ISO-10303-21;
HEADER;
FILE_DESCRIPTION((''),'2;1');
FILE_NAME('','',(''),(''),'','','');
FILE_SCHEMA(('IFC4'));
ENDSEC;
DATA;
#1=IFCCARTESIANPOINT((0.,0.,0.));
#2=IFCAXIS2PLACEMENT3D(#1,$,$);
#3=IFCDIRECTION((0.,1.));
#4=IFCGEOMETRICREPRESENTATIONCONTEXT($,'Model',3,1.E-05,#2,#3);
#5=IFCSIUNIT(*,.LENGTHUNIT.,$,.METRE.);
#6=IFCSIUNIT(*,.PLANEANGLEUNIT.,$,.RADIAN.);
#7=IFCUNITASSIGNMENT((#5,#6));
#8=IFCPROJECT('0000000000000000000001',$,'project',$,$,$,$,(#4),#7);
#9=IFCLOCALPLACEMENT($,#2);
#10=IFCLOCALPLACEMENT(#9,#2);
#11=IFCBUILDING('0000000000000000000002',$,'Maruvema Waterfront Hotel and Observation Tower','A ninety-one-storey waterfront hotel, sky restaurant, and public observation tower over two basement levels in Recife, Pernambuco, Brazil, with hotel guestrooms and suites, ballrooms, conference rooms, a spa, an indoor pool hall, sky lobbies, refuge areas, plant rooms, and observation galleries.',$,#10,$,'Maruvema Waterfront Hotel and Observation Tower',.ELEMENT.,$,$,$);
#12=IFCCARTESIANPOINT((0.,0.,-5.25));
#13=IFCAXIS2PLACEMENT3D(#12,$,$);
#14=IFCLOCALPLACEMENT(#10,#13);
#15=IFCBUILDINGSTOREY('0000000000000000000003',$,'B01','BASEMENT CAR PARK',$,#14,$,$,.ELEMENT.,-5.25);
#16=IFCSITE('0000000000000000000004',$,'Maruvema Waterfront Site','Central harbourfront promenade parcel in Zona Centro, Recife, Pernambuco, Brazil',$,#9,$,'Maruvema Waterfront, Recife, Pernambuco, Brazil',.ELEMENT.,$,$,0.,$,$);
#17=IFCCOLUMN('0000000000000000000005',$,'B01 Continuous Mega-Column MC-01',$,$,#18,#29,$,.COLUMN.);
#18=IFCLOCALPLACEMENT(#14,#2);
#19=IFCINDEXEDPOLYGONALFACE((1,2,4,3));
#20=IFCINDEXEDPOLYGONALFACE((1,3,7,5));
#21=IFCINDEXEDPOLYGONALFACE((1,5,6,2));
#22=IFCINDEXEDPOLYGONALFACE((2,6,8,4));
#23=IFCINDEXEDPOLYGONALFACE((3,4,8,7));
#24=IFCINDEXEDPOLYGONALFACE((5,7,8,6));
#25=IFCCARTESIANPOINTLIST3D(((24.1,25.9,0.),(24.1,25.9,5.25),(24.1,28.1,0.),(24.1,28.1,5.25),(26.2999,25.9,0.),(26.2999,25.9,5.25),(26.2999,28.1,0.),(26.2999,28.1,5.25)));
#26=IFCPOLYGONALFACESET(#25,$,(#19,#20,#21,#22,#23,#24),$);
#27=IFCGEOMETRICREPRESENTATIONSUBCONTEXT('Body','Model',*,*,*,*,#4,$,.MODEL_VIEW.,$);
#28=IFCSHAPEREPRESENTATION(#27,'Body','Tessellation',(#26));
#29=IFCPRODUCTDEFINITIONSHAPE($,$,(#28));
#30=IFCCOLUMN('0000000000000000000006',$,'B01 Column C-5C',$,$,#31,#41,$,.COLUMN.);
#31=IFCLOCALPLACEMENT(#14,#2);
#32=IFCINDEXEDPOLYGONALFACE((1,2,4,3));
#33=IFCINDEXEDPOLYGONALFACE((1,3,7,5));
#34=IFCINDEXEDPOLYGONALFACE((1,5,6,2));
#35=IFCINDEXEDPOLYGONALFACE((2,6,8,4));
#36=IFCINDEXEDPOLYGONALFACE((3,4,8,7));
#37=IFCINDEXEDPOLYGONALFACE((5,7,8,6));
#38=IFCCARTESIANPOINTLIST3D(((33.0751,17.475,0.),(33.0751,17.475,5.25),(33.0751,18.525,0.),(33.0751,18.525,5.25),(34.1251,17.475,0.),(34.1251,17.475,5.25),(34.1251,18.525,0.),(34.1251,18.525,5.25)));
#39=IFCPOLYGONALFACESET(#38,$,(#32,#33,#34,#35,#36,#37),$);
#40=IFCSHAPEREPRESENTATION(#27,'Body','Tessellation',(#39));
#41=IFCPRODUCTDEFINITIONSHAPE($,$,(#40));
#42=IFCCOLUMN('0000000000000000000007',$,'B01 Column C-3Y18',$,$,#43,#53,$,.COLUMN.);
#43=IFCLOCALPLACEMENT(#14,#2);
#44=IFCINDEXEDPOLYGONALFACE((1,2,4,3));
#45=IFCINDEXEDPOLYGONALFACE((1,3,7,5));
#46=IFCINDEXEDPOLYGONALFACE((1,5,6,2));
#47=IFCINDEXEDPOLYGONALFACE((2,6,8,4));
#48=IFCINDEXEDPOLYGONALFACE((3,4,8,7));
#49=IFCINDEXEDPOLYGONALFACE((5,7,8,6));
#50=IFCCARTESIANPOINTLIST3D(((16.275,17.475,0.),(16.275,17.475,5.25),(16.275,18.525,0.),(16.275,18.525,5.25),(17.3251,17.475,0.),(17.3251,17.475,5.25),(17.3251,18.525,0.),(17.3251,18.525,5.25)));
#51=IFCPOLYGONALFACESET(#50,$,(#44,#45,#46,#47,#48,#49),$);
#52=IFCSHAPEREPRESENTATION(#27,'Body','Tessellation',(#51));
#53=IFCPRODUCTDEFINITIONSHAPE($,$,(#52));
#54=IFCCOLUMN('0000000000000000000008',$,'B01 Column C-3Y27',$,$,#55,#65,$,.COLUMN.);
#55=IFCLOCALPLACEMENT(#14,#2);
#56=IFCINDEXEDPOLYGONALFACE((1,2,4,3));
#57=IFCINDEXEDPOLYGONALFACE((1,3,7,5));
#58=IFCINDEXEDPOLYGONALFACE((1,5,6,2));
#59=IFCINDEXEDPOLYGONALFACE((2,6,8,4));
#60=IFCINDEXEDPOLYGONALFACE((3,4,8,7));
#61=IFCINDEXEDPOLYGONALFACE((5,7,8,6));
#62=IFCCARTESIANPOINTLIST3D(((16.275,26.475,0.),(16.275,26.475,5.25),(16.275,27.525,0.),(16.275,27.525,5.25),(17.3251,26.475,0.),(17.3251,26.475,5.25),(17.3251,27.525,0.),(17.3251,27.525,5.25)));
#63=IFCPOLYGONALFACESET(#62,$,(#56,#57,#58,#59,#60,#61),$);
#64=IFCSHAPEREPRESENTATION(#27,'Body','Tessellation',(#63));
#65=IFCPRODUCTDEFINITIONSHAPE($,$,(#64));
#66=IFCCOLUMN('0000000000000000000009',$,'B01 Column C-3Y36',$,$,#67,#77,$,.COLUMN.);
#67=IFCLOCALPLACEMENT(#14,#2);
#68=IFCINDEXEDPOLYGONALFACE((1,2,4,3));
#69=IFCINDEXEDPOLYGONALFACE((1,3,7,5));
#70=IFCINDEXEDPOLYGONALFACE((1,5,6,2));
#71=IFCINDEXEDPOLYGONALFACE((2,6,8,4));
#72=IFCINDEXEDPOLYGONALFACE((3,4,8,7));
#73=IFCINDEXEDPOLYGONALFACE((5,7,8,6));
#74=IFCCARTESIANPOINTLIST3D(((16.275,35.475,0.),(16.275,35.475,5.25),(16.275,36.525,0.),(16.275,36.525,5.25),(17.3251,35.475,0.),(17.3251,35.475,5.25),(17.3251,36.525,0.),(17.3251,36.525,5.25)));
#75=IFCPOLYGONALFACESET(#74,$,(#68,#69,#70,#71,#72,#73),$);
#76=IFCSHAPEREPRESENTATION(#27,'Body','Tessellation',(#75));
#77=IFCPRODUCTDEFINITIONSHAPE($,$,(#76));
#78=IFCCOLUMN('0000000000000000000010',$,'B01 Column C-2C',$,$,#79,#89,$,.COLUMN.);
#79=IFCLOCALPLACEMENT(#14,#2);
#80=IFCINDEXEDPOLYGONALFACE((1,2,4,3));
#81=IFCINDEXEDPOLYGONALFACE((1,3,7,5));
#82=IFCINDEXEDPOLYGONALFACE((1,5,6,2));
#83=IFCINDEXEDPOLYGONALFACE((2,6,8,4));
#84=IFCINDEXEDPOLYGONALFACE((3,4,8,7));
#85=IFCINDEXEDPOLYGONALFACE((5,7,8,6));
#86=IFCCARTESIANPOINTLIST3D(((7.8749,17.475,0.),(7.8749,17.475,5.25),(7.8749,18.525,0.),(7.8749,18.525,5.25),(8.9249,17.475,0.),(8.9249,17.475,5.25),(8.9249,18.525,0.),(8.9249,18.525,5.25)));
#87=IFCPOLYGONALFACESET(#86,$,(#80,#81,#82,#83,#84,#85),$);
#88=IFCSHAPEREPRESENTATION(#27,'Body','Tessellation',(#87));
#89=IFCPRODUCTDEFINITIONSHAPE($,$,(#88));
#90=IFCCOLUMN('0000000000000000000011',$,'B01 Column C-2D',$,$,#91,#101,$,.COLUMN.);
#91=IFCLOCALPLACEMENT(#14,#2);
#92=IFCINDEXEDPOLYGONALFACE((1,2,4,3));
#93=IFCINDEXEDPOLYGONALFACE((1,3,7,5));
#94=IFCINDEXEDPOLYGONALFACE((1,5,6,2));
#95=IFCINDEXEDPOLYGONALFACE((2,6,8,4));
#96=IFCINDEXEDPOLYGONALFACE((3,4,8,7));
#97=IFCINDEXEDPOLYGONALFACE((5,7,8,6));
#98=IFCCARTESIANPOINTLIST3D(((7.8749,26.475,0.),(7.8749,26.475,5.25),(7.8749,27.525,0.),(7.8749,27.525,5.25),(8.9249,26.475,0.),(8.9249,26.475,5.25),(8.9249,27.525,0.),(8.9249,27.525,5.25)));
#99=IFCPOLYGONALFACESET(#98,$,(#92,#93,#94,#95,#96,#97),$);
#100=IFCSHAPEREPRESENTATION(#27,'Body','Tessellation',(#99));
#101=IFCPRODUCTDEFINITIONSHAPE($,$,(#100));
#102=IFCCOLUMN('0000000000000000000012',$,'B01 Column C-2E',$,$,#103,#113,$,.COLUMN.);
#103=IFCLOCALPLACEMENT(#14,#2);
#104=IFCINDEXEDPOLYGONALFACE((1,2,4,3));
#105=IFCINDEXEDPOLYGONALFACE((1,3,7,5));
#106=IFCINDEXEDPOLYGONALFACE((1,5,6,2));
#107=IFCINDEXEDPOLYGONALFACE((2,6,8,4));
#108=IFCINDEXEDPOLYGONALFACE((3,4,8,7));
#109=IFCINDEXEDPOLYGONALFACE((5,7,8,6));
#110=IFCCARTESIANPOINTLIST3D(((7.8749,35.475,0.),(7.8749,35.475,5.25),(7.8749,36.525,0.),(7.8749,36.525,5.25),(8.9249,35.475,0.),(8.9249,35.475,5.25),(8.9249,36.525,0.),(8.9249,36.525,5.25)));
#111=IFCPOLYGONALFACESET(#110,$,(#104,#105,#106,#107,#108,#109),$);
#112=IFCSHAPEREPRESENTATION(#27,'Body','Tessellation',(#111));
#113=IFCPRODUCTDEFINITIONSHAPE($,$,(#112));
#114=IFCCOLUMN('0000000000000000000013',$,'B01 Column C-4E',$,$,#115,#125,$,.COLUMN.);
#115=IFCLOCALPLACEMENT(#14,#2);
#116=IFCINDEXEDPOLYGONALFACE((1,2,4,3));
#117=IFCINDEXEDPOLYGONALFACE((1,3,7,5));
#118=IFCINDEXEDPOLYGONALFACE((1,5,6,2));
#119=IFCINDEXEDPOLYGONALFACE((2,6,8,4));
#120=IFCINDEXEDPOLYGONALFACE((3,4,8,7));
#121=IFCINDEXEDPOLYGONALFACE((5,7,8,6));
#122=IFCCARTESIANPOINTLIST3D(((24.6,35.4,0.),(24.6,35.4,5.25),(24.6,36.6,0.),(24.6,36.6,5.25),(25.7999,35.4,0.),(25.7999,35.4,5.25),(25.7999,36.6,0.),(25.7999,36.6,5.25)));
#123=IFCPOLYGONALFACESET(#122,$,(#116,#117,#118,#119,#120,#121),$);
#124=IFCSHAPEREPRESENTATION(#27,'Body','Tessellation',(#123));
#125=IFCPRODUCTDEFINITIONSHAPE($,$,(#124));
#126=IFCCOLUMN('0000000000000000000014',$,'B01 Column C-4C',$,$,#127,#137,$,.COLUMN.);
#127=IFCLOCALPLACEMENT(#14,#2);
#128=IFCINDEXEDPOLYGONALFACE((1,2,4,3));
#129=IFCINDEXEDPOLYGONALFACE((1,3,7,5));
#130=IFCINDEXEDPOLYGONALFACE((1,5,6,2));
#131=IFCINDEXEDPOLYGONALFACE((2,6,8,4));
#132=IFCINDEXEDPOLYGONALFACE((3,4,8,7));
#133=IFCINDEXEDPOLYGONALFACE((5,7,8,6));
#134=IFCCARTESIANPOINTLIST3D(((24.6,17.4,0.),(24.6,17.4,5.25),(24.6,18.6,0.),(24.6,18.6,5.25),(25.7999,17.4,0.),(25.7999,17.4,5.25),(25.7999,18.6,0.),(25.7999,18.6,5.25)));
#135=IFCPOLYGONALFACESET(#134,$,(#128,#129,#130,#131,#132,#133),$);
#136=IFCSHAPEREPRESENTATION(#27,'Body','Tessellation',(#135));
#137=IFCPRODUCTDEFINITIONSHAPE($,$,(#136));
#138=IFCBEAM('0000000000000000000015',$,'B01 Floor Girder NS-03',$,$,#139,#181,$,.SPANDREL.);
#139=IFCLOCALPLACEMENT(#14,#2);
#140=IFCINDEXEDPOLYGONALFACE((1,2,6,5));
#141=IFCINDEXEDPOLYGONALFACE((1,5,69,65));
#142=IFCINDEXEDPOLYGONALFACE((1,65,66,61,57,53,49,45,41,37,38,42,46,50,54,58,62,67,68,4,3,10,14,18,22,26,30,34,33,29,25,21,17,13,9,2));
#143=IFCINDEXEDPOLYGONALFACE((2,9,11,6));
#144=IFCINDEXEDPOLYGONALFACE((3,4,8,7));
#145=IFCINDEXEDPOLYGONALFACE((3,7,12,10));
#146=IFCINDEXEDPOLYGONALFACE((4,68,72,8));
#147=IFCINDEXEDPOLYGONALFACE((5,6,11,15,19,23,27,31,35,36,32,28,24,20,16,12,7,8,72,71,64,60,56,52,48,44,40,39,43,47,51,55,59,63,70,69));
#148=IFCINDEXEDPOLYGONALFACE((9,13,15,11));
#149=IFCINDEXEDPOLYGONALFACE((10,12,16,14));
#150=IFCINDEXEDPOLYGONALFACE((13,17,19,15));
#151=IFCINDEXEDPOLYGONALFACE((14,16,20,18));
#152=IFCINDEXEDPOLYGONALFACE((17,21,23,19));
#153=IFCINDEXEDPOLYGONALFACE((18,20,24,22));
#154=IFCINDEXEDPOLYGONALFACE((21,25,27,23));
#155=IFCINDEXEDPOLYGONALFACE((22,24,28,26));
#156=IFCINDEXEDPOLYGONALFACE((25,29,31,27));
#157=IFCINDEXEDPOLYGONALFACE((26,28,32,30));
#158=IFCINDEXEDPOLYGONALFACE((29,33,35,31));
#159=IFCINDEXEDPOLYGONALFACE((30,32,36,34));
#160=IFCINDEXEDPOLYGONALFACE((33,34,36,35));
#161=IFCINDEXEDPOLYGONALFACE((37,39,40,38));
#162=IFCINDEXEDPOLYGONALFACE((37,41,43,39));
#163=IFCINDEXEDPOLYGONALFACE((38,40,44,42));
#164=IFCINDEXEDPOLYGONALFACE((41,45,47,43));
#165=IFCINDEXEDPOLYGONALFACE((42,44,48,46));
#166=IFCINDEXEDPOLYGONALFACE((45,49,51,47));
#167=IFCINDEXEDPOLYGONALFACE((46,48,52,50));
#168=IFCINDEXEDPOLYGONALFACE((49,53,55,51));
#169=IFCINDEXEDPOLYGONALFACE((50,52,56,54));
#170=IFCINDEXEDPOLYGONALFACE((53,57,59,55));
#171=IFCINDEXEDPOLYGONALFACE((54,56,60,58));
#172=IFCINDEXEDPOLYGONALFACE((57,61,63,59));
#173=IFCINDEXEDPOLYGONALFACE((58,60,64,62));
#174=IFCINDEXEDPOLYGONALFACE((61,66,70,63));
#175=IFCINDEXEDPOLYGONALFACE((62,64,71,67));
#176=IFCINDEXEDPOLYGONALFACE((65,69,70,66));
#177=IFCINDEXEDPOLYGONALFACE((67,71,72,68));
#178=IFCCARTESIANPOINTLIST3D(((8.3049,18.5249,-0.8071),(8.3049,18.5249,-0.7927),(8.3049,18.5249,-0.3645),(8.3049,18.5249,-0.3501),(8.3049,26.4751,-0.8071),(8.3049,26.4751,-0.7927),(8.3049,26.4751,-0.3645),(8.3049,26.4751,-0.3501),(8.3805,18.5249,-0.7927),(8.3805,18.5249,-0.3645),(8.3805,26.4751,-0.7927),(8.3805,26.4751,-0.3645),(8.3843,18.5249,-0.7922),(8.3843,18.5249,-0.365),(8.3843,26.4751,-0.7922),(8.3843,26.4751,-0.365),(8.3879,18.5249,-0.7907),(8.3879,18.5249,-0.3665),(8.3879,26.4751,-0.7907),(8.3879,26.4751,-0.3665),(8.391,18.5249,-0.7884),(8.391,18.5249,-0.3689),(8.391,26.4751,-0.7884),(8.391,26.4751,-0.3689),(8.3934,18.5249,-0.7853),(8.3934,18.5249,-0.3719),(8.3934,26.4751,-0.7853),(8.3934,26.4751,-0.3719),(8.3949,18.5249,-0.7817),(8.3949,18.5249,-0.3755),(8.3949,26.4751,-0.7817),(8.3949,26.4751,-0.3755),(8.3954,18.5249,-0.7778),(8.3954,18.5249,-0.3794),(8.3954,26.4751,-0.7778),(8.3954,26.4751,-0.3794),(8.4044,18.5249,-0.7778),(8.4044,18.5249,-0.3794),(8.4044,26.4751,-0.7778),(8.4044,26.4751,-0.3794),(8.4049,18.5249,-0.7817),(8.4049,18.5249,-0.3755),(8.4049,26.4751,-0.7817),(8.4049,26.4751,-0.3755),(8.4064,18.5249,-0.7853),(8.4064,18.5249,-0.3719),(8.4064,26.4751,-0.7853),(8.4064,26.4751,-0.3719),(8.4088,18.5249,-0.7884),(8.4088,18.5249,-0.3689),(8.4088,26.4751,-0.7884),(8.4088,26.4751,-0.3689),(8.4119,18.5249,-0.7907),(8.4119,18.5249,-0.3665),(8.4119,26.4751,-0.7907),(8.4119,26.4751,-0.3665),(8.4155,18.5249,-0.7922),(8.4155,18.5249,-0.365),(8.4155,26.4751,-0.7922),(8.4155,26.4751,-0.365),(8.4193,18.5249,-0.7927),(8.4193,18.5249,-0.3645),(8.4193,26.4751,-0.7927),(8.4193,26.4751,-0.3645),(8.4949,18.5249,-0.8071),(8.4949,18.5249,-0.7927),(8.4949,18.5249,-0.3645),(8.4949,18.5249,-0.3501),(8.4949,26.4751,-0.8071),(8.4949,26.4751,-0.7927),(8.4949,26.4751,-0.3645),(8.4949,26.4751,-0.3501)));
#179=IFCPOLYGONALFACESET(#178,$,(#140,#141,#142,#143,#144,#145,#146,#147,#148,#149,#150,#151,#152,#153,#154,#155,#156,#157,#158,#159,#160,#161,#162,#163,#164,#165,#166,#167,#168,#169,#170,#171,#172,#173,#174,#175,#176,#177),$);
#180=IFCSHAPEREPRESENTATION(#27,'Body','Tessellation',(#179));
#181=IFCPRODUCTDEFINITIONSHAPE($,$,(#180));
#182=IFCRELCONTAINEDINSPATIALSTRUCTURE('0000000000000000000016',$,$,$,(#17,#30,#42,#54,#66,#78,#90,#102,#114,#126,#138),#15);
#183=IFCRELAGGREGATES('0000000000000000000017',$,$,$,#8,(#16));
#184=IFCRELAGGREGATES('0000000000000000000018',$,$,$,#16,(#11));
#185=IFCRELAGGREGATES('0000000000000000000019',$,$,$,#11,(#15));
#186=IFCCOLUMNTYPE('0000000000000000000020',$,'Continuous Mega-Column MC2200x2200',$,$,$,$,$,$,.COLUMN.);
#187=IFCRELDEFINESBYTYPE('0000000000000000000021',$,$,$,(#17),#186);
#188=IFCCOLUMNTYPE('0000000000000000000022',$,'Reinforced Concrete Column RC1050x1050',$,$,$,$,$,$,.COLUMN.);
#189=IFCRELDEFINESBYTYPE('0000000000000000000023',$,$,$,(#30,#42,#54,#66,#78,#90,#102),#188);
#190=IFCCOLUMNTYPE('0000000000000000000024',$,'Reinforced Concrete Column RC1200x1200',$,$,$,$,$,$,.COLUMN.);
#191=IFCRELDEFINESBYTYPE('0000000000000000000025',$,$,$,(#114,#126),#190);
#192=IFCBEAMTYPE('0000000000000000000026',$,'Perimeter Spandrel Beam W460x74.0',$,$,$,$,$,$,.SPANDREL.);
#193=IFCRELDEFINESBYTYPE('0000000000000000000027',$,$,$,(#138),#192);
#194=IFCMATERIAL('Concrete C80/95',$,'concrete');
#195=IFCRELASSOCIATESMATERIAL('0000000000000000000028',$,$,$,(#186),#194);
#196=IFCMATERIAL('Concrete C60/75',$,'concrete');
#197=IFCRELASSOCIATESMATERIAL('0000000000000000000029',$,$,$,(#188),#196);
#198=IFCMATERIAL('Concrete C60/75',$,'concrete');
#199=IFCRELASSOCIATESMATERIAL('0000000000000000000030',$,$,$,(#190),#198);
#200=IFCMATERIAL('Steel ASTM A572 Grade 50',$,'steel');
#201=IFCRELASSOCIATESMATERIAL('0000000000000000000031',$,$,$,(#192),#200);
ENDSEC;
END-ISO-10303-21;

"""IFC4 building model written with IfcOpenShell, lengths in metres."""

from ifc_helpers import new_model, si_unit, direction, frame, origin, origin_2d, place, context, subcontext, project, spatial, rectangle, i_section, extrude, material, material_profile, profile_set, type_object, element, save


model = new_model("IFC4")

# Units and contexts
model_context = context("Model", 3, precision=1e-05, world=origin(), true_north=direction((0.0, 1.0)))
body_context = subcontext(model_context, "Body", "Model", "MODEL_VIEW")
ifc_project = project(units=[si_unit("LENGTHUNIT", "METRE"), si_unit("PLANEANGLEUNIT", "RADIAN")], contexts=[model_context])

# Site, building, storey
site_placement = place(None, origin())
site = spatial("IfcSite", under=ifc_project, at=site_placement, Name="Maruvema Waterfront Site", Description="Central harbourfront promenade parcel in Zona Centro, Recife, Pernambuco, Brazil", LongName="Maruvema Waterfront, Recife, Pernambuco, Brazil", CompositionType="ELEMENT", RefElevation=0.0)
building_placement = place(site_placement, origin())
building = spatial("IfcBuilding", under=site, at=building_placement, Name="Maruvema Waterfront Hotel and Observation Tower", Description="A ninety-one-storey waterfront hotel, sky restaurant, and public observation tower over two basement levels in Recife, Pernambuco, Brazil, with hotel guestrooms and suites, ballrooms, conference rooms, a spa, an indoor pool hall, sky lobbies, refuge areas, plant rooms, and observation galleries.", LongName="Maruvema Waterfront Hotel and Observation Tower", CompositionType="ELEMENT")
storey_placement = place(building_placement, frame((0.0, 0.0, -5.25)))
storey = spatial("IfcBuildingStorey", under=building, at=storey_placement, Name="B01", Description="BASEMENT CAR PARK", CompositionType="ELEMENT", Elevation=-5.25)

# Columns
ifc_material_1 = material(Name="Concrete C80/95", Category="concrete")
ifc_material_profile_1 = material_profile(ifc_material_1, rectangle(XDim=2.2, YDim=2.2, at=origin_2d()), Name="MC2200x2200")
ifc_profile_set_1 = profile_set([ifc_material_profile_1], Name="Concrete C80/95")
column_type_1 = type_object("IfcColumnType", Name="Continuous Mega-Column MC2200x2200", PredefinedType="COLUMN", material=ifc_profile_set_1)
column_placement = place(storey_placement, frame((25.2, 27.0, 0.0), z_axis=(0.0, 0.0, 1.0), x_axis=(1.0, 0.0, 0.0)))
element("IfcColumn", 1, at=column_placement, inside=storey, type_object=column_type_1, Name="B01 Continuous Mega-Column MC-01", PredefinedType="COLUMN", context=body_context, shape_type="SweptSolid", body=[
    extrude(rectangle(XDim=2.2, YDim=2.2, at=origin_2d()), origin(), (0.0, 0.0, 1.0), 5.25),
])
ifc_material_2 = material(Name="Concrete C60/75", Category="concrete")
ifc_material_profile_2 = material_profile(ifc_material_2, rectangle(XDim=1.05, YDim=1.05, at=origin_2d()), Name="RC1050x1050")
ifc_profile_set_2 = profile_set([ifc_material_profile_2], Name="Concrete C60/75")
column_type_2 = type_object("IfcColumnType", Name="Reinforced Concrete Column RC1050x1050", PredefinedType="COLUMN", material=ifc_profile_set_2)
for number, where, z_axis, x_axis, name in (
    (2, (33.6001, 18.0, 0.0), (0.0, 0.0, 1.0), (1.0, 0.0, 0.0), "B01 Column C-5C"),
    (3, (16.8, 18.0, 0.0), (0.0, 0.0, 1.0), (1.0, 0.0, 0.0), "B01 Column C-3Y18"),
    (4, (16.8, 27.0, 0.0), (0.0, 0.0, 1.0), (1.0, 0.0, 0.0), "B01 Column C-3Y27"),
    (5, (16.8, 36.0, 0.0), (0.0, 0.0, 1.0), (1.0, 0.0, 0.0), "B01 Column C-3Y36"),
    (6, (8.3999, 18.0, 0.0), (0.0, 0.0, 1.0), (1.0, 0.0, 0.0), "B01 Column C-2C"),
    (7, (8.3999, 27.0, 0.0), (0.0, 0.0, 1.0), (1.0, 0.0, 0.0), "B01 Column C-2D"),
    (8, (8.3999, 36.0, 0.0), (0.0, 0.0, 1.0), (1.0, 0.0, 0.0), "B01 Column C-2E"),
):
    element("IfcColumn", number, at=place(storey_placement, frame(where, z_axis=z_axis, x_axis=x_axis)), inside=storey, type_object=column_type_2, Name=name, PredefinedType="COLUMN", context=body_context, shape_type="SweptSolid", body=[
        extrude(rectangle(XDim=1.05, YDim=1.05, at=origin_2d()), origin(), (0.0, 0.0, 1.0), 5.25),
    ])
ifc_material_3 = material(Name="Concrete C60/75", Category="concrete")
ifc_material_profile_3 = material_profile(ifc_material_3, rectangle(XDim=1.2, YDim=1.2, at=origin_2d()), Name="RC1200x1200")
ifc_profile_set_3 = profile_set([ifc_material_profile_3], Name="Concrete C60/75")
column_type_3 = type_object("IfcColumnType", Name="Reinforced Concrete Column RC1200x1200", PredefinedType="COLUMN", material=ifc_profile_set_3)
for number, where, z_axis, x_axis, name in (
    (9, (25.2, 36.0, 0.0), (0.0, 0.0, 1.0), (1.0, 0.0, 0.0), "B01 Column C-4E"),
    (10, (25.2, 18.0, 0.0), (0.0, 0.0, 1.0), (1.0, 0.0, 0.0), "B01 Column C-4C"),
):
    element("IfcColumn", number, at=place(storey_placement, frame(where, z_axis=z_axis, x_axis=x_axis)), inside=storey, type_object=column_type_3, Name=name, PredefinedType="COLUMN", context=body_context, shape_type="SweptSolid", body=[
        extrude(rectangle(XDim=1.2, YDim=1.2, at=origin_2d()), origin(), (0.0, 0.0, 1.0), 5.25),
    ])

# Beam
ifc_material_4 = material(Name="Steel ASTM A572 Grade 50", Category="steel")
ifc_material_profile_4 = material_profile(ifc_material_4, i_section(OverallWidth=0.1899, OverallDepth=0.457, WebThickness=0.009, FlangeThickness=0.0144, FilletRadius=0.0149, at=origin_2d()), Name="W460x74.0")
ifc_profile_set_4 = profile_set([ifc_material_profile_4], Name="Steel ASTM A572 Grade 50")
beam_type_1 = type_object("IfcBeamType", Name="Perimeter Spandrel Beam W460x74.0", PredefinedType="SPANDREL", material=ifc_profile_set_4)
for number, where, z_axis, x_axis, name in (
    (11, (8.3999, 18.5249, -0.5786), (0.0, 1.0, 0.0), (-1.0, 0.0, 0.0), "B01 Floor Girder NS-03"),
):
    element("IfcBeam", number, at=place(storey_placement, frame(where, z_axis=z_axis, x_axis=x_axis)), inside=storey, type_object=beam_type_1, Name=name, PredefinedType="SPANDREL", context=body_context, shape_type="SweptSolid", body=[
        extrude(i_section(OverallWidth=0.1899, OverallDepth=0.457, WebThickness=0.009, FlangeThickness=0.0144, FilletRadius=0.0149, at=origin_2d()), origin(), (0.0, 0.0, 1.0), 7.9502),
    ])

save(model, "model.ifc")
